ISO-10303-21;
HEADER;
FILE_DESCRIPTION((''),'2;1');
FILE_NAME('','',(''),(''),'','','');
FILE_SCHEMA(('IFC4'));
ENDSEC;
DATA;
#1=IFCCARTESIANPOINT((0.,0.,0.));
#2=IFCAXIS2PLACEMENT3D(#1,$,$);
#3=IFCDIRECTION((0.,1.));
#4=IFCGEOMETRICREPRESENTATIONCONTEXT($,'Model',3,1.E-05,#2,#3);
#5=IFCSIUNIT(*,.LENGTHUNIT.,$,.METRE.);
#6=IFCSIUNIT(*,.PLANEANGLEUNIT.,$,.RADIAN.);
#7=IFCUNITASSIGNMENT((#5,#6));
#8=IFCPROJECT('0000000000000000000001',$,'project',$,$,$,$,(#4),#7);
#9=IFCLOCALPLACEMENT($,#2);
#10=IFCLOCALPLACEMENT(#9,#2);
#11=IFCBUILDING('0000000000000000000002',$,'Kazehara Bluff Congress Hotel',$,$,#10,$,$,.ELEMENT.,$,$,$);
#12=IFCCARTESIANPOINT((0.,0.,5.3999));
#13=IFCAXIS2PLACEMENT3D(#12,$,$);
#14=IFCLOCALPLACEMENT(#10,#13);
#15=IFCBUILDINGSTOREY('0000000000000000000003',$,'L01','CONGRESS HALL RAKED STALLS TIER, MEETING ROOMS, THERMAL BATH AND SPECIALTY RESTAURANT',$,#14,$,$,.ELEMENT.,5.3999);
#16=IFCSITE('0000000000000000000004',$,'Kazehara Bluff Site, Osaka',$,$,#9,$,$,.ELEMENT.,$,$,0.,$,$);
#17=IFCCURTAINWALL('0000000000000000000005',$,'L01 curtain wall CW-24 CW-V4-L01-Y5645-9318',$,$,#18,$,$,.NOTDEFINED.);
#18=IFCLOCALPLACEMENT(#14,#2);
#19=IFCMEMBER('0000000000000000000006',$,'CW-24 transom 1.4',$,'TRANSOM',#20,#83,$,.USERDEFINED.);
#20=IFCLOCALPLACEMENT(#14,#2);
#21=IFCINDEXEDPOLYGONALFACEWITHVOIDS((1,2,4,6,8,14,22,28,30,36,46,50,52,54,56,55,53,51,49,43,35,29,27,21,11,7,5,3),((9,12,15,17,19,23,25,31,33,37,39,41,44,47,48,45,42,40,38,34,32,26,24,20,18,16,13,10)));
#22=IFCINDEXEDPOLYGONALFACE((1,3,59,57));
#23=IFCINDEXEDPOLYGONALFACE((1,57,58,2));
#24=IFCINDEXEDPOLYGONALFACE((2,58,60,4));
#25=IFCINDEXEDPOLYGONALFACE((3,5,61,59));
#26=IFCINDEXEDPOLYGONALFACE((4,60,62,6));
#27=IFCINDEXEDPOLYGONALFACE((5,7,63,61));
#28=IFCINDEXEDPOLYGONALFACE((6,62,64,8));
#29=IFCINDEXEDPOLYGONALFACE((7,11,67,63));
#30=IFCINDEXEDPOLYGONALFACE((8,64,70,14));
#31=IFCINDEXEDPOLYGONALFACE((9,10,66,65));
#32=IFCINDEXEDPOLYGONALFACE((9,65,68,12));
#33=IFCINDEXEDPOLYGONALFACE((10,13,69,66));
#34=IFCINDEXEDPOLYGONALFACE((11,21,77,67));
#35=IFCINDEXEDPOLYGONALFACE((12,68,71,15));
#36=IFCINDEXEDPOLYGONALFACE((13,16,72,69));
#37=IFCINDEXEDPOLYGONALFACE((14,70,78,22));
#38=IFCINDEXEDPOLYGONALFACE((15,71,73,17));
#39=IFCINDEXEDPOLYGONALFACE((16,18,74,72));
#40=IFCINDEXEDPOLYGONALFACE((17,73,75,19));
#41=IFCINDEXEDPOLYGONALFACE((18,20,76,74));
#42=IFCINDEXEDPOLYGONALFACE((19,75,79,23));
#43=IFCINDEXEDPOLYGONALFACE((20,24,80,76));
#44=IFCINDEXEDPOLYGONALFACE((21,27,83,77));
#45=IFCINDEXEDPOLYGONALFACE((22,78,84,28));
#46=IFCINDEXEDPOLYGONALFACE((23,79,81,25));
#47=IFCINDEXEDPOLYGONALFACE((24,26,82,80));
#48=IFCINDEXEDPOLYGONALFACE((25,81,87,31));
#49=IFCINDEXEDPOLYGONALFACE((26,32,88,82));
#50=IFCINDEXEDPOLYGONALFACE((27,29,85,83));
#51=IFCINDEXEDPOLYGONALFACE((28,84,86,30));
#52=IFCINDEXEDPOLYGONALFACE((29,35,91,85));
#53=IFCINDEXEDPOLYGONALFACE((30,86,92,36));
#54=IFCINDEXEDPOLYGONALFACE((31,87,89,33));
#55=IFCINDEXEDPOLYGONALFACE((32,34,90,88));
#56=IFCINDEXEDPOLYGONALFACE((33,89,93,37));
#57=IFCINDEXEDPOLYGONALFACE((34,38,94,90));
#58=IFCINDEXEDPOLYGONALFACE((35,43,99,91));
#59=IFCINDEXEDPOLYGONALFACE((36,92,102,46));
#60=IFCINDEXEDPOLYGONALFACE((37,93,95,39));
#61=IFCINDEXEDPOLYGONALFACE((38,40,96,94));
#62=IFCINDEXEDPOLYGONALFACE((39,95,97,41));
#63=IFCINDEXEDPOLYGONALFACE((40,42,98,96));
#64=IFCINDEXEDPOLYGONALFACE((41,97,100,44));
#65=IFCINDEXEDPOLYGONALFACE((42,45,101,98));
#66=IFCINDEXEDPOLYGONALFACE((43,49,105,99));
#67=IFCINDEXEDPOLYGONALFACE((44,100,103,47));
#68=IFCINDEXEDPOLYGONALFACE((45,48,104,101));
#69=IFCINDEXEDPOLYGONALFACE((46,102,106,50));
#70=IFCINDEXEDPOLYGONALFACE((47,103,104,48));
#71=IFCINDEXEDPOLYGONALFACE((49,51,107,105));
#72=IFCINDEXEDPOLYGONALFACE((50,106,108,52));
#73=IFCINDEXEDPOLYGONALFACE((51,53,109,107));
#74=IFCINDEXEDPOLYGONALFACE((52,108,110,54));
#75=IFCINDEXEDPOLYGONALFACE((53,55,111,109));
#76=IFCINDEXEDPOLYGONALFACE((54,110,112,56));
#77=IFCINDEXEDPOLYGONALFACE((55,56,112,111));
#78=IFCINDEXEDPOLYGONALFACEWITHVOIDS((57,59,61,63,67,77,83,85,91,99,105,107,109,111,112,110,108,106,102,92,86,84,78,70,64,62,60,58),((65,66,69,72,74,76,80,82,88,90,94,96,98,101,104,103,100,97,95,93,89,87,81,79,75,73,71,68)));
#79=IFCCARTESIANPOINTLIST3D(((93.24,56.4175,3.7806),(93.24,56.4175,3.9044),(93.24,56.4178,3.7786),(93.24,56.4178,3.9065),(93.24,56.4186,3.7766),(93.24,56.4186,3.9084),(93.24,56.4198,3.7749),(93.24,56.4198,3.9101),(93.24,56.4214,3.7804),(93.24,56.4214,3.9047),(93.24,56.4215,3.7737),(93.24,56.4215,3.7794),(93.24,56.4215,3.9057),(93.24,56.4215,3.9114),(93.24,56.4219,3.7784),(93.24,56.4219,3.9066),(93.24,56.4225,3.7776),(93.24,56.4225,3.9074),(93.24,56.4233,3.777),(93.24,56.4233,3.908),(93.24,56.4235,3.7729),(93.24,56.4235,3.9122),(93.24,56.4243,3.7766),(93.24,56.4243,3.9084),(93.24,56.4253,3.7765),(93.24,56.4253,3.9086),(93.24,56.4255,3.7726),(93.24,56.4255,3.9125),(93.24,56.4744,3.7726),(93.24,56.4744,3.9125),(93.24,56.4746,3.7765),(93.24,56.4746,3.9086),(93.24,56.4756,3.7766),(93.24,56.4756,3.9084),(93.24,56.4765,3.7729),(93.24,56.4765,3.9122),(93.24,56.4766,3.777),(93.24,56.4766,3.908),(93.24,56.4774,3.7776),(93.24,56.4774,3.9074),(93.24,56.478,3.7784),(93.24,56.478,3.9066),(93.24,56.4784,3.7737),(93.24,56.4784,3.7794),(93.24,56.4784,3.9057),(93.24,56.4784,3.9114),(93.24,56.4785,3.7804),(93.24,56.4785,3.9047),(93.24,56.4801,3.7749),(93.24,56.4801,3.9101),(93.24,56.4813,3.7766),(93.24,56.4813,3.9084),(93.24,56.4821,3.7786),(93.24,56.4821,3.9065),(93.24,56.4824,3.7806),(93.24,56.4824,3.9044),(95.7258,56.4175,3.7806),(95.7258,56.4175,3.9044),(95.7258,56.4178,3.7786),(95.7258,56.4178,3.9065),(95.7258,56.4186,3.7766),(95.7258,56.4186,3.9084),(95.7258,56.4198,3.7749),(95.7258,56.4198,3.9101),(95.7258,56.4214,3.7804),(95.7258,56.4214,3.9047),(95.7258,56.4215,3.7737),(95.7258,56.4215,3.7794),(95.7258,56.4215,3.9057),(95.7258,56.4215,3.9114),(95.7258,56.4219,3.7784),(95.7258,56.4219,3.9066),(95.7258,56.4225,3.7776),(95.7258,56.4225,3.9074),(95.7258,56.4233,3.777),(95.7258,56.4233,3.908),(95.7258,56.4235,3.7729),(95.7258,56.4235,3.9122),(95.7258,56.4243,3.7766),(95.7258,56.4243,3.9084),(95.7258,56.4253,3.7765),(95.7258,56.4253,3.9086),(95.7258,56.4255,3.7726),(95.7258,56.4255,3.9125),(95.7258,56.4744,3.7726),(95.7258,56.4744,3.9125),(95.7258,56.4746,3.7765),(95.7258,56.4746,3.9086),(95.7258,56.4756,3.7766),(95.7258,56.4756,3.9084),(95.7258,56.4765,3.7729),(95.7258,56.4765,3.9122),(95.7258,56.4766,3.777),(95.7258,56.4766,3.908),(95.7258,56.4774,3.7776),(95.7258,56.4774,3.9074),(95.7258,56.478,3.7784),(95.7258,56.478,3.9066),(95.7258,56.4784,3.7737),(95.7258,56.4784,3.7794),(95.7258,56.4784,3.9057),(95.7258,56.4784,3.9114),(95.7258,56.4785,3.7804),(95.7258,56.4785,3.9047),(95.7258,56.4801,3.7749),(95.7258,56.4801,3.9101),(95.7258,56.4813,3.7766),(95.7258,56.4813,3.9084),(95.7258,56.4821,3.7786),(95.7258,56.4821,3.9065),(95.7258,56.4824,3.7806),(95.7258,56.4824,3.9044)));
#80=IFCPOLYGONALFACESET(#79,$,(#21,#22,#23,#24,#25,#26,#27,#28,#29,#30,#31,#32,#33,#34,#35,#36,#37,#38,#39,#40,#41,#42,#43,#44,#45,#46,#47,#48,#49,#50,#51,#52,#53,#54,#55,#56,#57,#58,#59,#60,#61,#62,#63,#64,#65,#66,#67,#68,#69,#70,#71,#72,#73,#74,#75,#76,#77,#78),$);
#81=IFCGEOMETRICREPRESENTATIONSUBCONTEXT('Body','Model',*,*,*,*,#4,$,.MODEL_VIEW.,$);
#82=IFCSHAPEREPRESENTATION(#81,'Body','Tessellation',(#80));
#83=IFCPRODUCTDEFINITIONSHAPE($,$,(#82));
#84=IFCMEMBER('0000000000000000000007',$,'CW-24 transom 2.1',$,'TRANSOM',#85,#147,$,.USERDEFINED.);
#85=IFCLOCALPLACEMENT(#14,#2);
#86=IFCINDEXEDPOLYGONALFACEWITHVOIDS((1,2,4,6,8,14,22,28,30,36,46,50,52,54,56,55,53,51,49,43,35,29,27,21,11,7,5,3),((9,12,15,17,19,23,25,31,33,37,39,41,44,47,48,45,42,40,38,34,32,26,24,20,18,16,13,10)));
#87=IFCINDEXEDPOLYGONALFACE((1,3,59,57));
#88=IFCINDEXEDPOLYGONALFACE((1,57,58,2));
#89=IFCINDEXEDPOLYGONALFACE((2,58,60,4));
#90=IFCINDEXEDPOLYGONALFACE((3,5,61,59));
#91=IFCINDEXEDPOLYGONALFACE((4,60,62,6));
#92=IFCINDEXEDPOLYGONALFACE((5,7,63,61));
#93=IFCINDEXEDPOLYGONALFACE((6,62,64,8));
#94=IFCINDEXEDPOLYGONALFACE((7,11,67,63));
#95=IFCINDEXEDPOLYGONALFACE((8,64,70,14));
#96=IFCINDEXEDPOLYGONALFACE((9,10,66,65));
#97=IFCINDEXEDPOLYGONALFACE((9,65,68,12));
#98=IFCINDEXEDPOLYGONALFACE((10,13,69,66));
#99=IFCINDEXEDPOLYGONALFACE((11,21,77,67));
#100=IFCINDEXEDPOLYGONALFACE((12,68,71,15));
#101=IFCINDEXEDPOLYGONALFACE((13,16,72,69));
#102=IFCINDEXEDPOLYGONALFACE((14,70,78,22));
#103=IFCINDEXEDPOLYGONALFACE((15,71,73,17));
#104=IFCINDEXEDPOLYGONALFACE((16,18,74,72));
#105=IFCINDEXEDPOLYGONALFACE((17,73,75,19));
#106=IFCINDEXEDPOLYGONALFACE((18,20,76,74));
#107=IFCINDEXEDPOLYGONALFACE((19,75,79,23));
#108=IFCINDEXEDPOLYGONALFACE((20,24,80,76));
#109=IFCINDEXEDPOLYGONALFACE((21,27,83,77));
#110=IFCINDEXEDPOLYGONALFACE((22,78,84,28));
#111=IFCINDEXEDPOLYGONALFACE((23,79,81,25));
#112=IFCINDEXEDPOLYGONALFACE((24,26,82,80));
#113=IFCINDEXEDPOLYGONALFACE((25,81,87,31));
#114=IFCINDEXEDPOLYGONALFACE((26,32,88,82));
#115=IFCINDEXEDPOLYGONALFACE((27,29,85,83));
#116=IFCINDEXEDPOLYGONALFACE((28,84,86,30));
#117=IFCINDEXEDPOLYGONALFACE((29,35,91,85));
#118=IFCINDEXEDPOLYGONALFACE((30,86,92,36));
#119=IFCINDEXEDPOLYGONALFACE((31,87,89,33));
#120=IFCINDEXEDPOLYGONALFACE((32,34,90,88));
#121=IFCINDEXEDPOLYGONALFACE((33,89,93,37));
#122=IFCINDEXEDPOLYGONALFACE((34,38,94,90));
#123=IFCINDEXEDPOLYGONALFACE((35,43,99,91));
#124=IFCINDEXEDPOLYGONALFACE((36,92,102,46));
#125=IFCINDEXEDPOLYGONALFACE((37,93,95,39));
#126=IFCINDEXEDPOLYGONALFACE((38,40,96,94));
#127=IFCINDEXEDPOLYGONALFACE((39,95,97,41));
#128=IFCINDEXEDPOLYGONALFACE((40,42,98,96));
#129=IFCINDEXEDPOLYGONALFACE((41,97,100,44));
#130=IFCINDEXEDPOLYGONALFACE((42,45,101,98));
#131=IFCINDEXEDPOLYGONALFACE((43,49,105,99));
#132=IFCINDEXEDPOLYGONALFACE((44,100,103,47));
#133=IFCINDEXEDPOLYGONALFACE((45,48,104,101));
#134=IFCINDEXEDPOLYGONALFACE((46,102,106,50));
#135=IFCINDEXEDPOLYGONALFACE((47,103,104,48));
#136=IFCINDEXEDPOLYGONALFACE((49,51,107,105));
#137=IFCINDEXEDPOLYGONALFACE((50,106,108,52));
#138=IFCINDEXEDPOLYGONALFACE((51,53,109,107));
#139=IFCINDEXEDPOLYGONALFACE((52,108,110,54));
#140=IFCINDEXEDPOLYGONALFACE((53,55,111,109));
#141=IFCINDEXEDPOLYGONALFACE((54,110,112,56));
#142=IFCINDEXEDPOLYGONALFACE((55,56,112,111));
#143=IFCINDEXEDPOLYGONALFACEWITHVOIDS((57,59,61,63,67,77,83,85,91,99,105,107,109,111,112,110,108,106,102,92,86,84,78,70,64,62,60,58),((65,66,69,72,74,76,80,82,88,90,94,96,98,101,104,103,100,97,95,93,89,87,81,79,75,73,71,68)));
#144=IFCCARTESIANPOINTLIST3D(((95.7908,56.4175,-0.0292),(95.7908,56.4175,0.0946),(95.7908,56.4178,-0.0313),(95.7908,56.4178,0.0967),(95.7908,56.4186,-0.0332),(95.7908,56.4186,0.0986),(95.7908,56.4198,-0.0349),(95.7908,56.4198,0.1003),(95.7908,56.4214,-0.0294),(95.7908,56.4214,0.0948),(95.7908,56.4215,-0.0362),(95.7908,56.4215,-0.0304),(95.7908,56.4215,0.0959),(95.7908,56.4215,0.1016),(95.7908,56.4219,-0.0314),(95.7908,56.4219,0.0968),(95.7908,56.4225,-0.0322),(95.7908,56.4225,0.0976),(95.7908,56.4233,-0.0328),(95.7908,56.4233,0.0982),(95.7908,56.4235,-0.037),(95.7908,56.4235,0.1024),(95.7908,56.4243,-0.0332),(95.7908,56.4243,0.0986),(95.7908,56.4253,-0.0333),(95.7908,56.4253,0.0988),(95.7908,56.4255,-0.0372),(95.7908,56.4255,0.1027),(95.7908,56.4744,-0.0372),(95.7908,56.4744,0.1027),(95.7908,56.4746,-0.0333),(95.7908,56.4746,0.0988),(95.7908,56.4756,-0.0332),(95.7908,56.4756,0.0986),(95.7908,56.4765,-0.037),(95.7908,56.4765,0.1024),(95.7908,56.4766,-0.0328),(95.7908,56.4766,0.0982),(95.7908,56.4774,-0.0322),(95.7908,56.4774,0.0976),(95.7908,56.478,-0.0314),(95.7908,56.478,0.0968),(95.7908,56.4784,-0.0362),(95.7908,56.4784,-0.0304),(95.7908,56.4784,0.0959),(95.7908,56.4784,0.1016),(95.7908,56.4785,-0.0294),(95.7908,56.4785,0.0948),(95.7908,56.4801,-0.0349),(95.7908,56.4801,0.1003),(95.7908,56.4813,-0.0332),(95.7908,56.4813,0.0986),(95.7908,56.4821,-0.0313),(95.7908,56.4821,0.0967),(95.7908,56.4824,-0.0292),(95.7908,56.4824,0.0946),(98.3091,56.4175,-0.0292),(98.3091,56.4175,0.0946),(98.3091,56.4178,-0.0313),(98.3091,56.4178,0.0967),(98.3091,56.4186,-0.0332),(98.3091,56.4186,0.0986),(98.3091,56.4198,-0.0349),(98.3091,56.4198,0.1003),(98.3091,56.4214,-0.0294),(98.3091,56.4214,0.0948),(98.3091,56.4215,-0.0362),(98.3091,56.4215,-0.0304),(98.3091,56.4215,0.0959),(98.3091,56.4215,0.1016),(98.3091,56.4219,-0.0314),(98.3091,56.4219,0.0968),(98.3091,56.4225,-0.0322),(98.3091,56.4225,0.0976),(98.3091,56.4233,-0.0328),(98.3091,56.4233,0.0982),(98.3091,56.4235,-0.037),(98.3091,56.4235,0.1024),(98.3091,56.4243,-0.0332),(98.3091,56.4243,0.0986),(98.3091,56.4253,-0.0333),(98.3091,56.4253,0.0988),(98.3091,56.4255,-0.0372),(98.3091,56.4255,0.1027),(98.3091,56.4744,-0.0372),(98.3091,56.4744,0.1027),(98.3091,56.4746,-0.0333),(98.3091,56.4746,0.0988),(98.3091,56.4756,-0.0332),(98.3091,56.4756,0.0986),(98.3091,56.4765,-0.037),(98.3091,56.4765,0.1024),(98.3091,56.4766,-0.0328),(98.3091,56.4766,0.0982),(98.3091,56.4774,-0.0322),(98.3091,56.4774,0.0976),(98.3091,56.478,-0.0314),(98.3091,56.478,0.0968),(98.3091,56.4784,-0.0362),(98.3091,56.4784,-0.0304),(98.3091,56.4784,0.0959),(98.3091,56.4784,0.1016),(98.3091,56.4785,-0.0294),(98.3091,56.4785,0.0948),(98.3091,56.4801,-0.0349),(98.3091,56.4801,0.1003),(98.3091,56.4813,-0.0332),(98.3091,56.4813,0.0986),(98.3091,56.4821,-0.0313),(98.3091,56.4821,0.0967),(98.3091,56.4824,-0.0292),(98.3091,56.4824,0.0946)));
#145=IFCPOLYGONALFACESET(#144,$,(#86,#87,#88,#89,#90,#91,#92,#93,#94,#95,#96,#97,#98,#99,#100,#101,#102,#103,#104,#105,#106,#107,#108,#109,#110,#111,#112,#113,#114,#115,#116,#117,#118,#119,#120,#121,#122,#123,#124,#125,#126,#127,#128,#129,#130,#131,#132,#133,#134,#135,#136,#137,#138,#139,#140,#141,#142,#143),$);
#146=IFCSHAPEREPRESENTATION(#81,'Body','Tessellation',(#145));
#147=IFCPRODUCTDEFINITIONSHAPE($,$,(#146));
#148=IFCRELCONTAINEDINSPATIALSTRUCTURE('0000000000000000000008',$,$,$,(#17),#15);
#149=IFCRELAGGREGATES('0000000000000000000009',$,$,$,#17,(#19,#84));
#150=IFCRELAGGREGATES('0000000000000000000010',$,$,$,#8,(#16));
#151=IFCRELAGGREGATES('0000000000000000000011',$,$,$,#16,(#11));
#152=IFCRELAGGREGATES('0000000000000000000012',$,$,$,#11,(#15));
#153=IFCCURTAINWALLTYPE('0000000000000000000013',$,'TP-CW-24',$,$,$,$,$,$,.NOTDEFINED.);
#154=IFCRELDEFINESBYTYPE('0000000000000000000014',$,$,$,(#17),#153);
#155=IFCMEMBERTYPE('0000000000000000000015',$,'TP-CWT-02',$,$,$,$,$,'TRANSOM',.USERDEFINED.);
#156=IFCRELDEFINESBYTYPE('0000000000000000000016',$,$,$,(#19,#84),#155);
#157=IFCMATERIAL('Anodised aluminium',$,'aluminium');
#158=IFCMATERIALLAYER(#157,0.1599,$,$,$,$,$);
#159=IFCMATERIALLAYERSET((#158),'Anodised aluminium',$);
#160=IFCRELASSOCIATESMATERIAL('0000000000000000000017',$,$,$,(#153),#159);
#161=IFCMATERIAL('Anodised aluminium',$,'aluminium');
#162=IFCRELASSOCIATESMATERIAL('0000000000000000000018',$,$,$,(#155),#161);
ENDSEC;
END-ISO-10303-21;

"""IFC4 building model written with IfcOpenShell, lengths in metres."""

from ifc_helpers import new_model, si_unit, direction, frame, origin, origin_2d, place, context, subcontext, project, spatial, hollow_rectangle, extrude, material, layer, layer_set, material_profile, profile_set, type_object, element, aggregate, save


model = new_model("IFC4")

# Units and contexts
model_context = context("Model", 3, precision=1e-05, world=origin(), true_north=direction((0.0, 1.0)))
body_context = subcontext(model_context, "Body", "Model", "MODEL_VIEW")
ifc_project = project(units=[si_unit("LENGTHUNIT", "METRE"), si_unit("PLANEANGLEUNIT", "RADIAN")], contexts=[model_context])

# Site, building, storey
site_placement = place(None, origin())
site = spatial("IfcSite", under=ifc_project, at=site_placement, Name="Kazehara Bluff Site, Osaka", CompositionType="ELEMENT", RefElevation=0.0)
building_placement = place(site_placement, origin())
building = spatial("IfcBuilding", under=site, at=building_placement, Name="Kazehara Bluff Congress Hotel", CompositionType="ELEMENT")
storey_placement = place(building_placement, frame((0.0, 0.0, 5.3999)))
storey = spatial("IfcBuildingStorey", under=building, at=storey_placement, Name="L01", Description="CONGRESS HALL RAKED STALLS TIER, MEETING ROOMS, THERMAL BATH AND SPECIALTY RESTAURANT", CompositionType="ELEMENT", Elevation=5.3999)

# Curtain wall, members
ifc_material_1 = material(Name="Anodised aluminium", Category="aluminium")
ifc_layer_1 = layer(ifc_material_1, 0.1599)
ifc_layer_set_1 = layer_set([ifc_layer_1], Name="Anodised aluminium")
curtain_wall_type_1 = type_object("IfcCurtainWallType", Name="TP-CW-24", PredefinedType="NOTDEFINED", material=ifc_layer_set_1)
curtain_wall_1_placement = place(storey_placement, origin())
curtain_wall_1 = element("IfcCurtainWall", 1, at=curtain_wall_1_placement, inside=storey, type_object=curtain_wall_type_1, Name="L01 curtain wall CW-24 CW-V4-L01-Y5645-9318", PredefinedType="NOTDEFINED")
ifc_material_2 = material(Name="Anodised aluminium", Category="aluminium")
ifc_material_profile_1 = material_profile(ifc_material_2, hollow_rectangle(XDim=0.0649, YDim=0.1399, WallThickness=0.0039, InnerFilletRadius=0.0039, OuterFilletRadius=0.0081, at=origin_2d()))
ifc_profile_set_1 = profile_set([ifc_material_profile_1], Name="Anodised aluminium")
member_type_1 = type_object("IfcMemberType", Name="TP-CWT-02", ElementType="TRANSOM", PredefinedType="USERDEFINED", material=ifc_profile_set_1)
member_1_placement = place(storey_placement, frame((93.24, 56.45, 3.8425), z_axis=(1.0, 0.0, 0.0), x_axis=(0.0, 1.0, 0.0)))
member_1 = element("IfcMember", 2, at=member_1_placement, type_object=member_type_1, Name="CW-24 transom 1.4", ObjectType="TRANSOM", PredefinedType="USERDEFINED", context=body_context, shape_type="SweptSolid", body=[
    extrude(hollow_rectangle(XDim=0.0649, YDim=0.1399, WallThickness=0.0039, InnerFilletRadius=0.0039, OuterFilletRadius=0.0081, at=origin_2d()), origin(), (0.0, 0.0, 1.0), 2.4858),
])
member_2_placement = place(storey_placement, frame((95.7908, 56.45, 0.0327), z_axis=(1.0, 0.0, 0.0), x_axis=(0.0, 1.0, 0.0)))
member_2 = element("IfcMember", 3, at=member_2_placement, type_object=member_type_1, Name="CW-24 transom 2.1", ObjectType="TRANSOM", PredefinedType="USERDEFINED", context=body_context, shape_type="SweptSolid", body=[
    extrude(hollow_rectangle(XDim=0.0649, YDim=0.1399, WallThickness=0.0039, InnerFilletRadius=0.0039, OuterFilletRadius=0.0081, at=origin_2d()), origin(), (0.0, 0.0, 1.0), 2.5183),
])

aggregate(curtain_wall_1, [member_1, member_2])

save(model, "model.ifc")
